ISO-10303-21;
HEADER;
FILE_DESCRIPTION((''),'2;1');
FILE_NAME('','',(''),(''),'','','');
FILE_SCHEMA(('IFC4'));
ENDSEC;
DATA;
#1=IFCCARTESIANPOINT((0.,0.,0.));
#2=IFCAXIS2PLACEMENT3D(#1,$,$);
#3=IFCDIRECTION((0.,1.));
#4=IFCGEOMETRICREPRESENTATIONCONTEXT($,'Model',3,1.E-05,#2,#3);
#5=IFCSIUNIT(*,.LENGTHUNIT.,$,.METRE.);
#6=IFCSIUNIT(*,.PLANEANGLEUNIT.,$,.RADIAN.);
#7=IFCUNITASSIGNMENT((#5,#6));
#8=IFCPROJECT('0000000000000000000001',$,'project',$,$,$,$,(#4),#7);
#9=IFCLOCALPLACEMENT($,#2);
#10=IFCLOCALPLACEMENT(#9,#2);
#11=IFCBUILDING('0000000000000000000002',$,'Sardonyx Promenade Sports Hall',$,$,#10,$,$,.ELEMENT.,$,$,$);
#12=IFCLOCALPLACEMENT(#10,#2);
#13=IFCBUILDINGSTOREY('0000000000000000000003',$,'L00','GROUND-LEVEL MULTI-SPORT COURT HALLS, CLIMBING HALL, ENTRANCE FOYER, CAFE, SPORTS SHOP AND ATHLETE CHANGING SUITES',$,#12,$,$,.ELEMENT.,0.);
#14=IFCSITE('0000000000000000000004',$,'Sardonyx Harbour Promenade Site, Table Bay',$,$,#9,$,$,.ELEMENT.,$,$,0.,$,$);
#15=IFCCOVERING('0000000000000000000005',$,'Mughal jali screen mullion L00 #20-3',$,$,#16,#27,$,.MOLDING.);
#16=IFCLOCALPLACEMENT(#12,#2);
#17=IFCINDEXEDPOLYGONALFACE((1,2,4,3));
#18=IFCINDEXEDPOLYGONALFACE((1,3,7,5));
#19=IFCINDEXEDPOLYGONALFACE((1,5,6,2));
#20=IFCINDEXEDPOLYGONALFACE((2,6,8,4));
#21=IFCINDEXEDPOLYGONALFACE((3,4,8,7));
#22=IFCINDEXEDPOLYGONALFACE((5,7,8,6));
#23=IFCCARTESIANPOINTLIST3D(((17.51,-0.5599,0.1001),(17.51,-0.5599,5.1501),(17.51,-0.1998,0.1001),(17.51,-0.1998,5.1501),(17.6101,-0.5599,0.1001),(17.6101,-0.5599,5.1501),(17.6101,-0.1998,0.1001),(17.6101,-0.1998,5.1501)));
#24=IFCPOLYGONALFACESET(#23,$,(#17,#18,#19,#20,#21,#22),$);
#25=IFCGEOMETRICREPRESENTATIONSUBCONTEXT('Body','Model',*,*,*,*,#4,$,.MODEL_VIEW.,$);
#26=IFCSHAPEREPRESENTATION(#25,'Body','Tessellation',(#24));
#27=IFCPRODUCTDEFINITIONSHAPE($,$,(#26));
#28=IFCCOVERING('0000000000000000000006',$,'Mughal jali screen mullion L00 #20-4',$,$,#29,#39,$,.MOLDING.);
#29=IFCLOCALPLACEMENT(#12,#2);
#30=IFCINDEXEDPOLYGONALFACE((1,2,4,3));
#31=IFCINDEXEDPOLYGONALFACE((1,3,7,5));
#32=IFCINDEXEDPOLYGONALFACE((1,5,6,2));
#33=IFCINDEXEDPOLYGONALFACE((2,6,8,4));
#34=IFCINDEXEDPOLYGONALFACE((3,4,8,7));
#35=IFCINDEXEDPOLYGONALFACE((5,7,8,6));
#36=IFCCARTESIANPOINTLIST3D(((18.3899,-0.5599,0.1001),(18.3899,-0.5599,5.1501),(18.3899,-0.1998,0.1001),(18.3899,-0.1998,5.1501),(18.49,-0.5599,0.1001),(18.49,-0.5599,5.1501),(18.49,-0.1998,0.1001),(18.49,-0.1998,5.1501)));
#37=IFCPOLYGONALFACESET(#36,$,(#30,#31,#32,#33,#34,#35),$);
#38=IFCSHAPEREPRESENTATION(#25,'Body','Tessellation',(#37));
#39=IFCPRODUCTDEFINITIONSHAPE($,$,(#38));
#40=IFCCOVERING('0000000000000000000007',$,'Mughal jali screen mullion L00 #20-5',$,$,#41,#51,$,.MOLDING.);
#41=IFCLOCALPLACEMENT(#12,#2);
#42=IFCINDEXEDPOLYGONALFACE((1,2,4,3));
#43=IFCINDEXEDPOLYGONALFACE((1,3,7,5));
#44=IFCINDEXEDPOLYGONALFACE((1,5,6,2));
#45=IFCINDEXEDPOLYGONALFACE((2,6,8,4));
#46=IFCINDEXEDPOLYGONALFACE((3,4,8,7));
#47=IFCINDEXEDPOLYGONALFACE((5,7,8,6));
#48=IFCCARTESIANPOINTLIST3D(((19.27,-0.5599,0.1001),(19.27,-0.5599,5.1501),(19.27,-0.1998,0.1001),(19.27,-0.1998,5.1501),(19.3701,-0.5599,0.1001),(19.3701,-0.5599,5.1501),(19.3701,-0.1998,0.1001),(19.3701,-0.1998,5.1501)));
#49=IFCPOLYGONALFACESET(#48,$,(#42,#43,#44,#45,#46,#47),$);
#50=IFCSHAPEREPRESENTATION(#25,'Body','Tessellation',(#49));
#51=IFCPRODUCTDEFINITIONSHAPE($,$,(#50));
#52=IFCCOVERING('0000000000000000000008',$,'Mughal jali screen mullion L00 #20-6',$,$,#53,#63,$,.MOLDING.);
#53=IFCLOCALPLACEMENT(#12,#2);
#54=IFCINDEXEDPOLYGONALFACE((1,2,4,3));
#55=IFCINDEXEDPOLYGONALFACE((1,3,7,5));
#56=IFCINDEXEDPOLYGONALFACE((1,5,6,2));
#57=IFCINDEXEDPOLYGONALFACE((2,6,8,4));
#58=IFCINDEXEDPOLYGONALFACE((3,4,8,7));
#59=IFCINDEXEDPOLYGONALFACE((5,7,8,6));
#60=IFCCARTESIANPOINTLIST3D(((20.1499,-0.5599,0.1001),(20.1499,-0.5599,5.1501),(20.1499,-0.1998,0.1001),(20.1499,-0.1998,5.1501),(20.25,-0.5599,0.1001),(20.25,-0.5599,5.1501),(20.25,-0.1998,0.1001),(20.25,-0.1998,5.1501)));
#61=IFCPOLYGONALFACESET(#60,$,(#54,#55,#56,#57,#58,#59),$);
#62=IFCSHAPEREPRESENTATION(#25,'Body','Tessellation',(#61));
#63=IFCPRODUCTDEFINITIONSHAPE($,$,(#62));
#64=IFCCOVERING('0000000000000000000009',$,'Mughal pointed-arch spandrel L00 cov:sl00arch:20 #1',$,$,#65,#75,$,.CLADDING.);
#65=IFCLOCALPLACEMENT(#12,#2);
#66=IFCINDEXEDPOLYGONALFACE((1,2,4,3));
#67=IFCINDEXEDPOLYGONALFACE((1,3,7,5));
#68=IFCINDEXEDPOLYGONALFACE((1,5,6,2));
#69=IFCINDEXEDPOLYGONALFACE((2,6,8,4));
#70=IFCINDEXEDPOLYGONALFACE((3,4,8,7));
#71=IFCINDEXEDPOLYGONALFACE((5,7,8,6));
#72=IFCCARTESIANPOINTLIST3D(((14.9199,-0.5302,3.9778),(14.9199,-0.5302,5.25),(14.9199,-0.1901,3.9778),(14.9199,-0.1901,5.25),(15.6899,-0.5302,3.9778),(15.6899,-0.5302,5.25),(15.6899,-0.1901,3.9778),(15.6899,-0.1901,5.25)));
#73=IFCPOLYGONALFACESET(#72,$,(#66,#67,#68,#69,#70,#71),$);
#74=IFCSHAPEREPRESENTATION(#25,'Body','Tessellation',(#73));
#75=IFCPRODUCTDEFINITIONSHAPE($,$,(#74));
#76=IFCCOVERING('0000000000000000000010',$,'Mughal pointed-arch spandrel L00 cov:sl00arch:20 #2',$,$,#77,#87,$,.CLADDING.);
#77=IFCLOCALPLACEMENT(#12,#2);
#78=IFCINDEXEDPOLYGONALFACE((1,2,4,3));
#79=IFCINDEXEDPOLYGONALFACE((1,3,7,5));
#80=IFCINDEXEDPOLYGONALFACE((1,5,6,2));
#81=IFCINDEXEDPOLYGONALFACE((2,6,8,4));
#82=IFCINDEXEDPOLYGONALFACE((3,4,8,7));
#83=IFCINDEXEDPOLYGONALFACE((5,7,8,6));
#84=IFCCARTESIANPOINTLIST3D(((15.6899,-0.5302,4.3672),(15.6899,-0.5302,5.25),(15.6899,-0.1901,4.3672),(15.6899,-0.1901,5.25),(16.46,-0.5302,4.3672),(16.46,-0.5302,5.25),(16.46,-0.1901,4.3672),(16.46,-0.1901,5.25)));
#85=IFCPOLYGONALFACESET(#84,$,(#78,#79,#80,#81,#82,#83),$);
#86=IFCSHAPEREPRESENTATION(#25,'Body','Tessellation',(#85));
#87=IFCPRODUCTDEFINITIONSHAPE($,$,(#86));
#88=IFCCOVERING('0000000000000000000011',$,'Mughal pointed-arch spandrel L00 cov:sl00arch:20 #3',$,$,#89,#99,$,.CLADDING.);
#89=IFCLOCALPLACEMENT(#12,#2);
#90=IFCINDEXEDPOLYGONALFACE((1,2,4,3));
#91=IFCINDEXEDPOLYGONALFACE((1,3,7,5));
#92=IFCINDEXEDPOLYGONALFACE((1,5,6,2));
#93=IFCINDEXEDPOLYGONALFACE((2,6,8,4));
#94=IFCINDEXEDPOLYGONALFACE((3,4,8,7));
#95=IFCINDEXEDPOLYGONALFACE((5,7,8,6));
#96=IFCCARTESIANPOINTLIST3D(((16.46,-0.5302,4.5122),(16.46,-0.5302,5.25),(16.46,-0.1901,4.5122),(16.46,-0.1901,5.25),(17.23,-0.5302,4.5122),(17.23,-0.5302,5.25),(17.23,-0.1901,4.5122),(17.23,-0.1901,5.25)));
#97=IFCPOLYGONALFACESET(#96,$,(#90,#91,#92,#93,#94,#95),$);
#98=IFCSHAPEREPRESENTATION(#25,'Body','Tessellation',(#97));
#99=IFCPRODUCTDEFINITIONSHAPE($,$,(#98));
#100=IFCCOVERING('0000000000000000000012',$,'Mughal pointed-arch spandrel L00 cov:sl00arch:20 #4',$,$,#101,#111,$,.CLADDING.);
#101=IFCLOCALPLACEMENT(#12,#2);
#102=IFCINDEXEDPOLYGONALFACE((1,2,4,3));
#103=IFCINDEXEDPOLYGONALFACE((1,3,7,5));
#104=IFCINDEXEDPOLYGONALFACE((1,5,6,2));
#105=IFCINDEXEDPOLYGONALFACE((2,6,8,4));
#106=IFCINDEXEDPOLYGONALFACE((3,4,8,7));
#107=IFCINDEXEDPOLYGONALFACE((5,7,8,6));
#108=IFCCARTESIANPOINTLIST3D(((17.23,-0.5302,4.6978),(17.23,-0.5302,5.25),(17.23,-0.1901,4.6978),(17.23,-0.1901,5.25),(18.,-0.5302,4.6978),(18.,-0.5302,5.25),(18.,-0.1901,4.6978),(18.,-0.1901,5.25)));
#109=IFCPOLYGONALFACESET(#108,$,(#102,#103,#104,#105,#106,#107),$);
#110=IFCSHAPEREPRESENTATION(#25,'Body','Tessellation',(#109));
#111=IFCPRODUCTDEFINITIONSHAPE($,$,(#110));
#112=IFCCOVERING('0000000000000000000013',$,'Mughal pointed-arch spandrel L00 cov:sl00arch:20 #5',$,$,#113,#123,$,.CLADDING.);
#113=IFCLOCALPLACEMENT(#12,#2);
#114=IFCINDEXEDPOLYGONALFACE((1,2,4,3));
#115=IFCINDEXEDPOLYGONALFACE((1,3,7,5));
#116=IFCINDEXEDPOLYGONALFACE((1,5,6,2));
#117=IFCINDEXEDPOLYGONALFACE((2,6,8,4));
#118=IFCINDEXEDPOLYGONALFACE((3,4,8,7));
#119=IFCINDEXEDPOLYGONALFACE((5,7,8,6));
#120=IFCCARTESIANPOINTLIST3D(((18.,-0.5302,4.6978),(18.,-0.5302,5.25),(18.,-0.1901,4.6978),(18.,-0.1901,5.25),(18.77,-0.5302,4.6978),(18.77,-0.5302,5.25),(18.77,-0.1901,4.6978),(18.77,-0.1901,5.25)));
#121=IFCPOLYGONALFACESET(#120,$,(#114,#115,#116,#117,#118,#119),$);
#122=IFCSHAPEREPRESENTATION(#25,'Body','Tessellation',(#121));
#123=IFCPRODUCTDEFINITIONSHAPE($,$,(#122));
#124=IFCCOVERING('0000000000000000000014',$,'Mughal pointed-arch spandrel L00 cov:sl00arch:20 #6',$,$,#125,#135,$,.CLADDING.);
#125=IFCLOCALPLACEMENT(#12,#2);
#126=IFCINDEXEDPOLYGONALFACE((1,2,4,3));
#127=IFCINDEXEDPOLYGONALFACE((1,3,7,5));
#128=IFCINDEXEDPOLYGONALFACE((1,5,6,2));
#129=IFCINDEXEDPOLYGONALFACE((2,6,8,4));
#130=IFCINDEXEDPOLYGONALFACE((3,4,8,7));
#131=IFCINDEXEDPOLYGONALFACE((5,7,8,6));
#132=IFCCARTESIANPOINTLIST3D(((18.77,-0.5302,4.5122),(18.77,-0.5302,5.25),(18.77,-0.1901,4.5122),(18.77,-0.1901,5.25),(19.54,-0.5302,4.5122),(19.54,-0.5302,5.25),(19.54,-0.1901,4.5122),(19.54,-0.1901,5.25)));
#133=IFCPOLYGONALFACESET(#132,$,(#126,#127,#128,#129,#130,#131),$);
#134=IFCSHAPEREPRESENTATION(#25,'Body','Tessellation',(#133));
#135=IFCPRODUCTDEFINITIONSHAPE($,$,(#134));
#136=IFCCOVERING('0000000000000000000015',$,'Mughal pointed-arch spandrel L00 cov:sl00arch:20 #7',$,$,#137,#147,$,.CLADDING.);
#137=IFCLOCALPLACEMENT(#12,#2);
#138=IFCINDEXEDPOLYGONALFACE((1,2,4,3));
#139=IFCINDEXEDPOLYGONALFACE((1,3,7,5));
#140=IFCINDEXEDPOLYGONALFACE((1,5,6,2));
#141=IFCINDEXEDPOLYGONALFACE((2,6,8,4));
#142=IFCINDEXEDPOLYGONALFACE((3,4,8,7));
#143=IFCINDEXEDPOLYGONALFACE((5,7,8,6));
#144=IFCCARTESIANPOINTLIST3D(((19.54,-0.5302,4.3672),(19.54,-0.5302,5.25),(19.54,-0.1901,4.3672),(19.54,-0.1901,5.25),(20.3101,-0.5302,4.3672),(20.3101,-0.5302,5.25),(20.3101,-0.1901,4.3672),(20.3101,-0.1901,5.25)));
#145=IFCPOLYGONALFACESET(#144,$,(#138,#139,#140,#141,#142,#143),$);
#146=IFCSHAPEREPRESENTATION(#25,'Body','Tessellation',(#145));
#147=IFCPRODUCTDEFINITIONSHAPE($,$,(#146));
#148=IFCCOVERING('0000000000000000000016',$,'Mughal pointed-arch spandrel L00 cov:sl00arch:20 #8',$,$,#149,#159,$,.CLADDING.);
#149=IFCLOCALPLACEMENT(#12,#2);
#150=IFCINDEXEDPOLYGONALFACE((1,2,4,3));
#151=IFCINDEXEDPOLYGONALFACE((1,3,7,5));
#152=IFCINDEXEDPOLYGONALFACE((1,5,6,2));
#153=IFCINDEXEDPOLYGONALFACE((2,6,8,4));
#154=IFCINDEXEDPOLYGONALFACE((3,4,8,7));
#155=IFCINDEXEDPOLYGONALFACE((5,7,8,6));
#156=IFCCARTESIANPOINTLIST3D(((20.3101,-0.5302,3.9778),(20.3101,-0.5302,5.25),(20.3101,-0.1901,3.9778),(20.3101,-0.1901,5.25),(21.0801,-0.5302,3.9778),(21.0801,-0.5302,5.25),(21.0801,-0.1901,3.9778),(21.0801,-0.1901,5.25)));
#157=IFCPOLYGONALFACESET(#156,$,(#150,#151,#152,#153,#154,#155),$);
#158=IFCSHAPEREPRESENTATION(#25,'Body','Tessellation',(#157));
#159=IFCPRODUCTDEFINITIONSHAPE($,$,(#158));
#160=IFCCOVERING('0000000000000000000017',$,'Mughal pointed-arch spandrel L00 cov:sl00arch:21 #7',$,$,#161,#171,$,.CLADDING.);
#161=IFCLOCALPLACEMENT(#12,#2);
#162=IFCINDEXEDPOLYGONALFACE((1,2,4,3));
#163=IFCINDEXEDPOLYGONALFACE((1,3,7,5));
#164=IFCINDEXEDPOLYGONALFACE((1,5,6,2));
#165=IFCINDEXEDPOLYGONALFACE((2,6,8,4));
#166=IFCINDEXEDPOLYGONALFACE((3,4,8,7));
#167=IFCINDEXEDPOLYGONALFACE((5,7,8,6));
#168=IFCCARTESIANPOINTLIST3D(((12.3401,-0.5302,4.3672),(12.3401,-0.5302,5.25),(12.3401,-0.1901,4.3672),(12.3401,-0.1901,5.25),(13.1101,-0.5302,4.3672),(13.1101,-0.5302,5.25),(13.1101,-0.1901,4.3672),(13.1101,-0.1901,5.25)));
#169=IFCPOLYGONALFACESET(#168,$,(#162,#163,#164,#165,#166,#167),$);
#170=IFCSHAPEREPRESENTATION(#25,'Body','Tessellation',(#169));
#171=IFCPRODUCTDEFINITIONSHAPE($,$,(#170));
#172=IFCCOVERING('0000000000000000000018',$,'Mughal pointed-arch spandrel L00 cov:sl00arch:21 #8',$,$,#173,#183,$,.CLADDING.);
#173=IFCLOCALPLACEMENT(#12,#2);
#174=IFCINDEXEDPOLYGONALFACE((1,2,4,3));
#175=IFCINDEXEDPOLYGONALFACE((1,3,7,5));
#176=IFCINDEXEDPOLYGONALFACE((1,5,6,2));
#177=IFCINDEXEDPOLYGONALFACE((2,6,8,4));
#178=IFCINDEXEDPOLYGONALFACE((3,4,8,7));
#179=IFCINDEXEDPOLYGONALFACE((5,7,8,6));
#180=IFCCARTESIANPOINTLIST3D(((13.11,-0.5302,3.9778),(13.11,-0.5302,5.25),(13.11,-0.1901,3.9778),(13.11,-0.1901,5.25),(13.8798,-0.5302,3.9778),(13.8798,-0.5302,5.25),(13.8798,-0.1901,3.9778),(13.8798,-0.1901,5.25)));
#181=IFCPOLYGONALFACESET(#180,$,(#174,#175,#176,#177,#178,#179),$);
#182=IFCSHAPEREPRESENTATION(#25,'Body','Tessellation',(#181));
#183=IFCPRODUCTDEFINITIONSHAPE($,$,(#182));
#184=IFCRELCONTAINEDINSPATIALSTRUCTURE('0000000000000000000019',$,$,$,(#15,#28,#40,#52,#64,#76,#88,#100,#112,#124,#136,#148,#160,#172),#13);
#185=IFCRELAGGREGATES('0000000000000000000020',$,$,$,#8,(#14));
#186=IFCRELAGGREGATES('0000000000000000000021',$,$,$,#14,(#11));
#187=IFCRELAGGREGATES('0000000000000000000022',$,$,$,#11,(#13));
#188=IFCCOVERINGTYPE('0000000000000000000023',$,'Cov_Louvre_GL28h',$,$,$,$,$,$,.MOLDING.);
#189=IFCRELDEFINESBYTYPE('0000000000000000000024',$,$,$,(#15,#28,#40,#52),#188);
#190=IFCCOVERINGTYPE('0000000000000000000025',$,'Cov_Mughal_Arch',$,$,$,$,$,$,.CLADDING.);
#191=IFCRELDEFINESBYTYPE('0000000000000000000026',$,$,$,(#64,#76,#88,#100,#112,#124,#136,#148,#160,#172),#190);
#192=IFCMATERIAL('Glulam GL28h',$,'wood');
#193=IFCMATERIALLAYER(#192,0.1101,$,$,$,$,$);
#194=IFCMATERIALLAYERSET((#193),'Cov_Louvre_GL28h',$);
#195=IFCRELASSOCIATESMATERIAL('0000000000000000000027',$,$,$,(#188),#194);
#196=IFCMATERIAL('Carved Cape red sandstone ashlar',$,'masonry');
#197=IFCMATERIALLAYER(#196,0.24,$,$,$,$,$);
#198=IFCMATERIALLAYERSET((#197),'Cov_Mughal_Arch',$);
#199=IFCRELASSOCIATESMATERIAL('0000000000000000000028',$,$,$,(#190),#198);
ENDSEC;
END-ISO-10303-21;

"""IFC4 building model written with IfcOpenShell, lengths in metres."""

from ifc_helpers import new_model, si_unit, direction, frame, frame_2d, origin, origin_2d, place, context, subcontext, project, spatial, rectangle, extrude, material, layer, layer_set, type_object, element, save


model = new_model("IFC4")

# Units and contexts
model_context = context("Model", 3, precision=1e-05, world=origin(), true_north=direction((0.0, 1.0)))
body_context = subcontext(model_context, "Body", "Model", "MODEL_VIEW")
ifc_project = project(units=[si_unit("LENGTHUNIT", "METRE"), si_unit("PLANEANGLEUNIT", "RADIAN")], contexts=[model_context])

# Site, building, storey
site_placement = place(None, origin())
site = spatial("IfcSite", under=ifc_project, at=site_placement, Name="Sardonyx Harbour Promenade Site, Table Bay", CompositionType="ELEMENT", RefElevation=0.0)
building_placement = place(site_placement, origin())
building = spatial("IfcBuilding", under=site, at=building_placement, Name="Sardonyx Promenade Sports Hall", CompositionType="ELEMENT")
storey_placement = place(building_placement, origin())
storey = spatial("IfcBuildingStorey", under=building, at=storey_placement, Name="L00", Description="GROUND-LEVEL MULTI-SPORT COURT HALLS, CLIMBING HALL, ENTRANCE FOYER, CAFE, SPORTS SHOP AND ATHLETE CHANGING SUITES", CompositionType="ELEMENT", Elevation=0.0)

# Coverings
ifc_material_1 = material(Name="Glulam GL28h", Category="wood")
ifc_layer_1 = layer(ifc_material_1, 0.1101)
ifc_layer_set_1 = layer_set([ifc_layer_1], Name="Cov_Louvre_GL28h")
covering_type_1 = type_object("IfcCoveringType", Name="Cov_Louvre_GL28h", PredefinedType="MOLDING", material=ifc_layer_set_1)
for number, where, z_axis, x_axis, name in (
    (1, (17.5601, -0.3799, 0.1001), (0.0, 0.0, 1.0), (1.0, 0.0, 0.0), "Mughal jali screen mullion L00 #20-3"),
    (2, (18.4399, -0.3799, 0.1001), (0.0, 0.0, 1.0), (1.0, 0.0, 0.0), "Mughal jali screen mullion L00 #20-4"),
    (3, (19.3201, -0.3799, 0.1001), (0.0, 0.0, 1.0), (1.0, 0.0, 0.0), "Mughal jali screen mullion L00 #20-5"),
    (4, (20.2, -0.3799, 0.1001), (0.0, 0.0, 1.0), (1.0, 0.0, 0.0), "Mughal jali screen mullion L00 #20-6"),
):
    element("IfcCovering", number, at=place(storey_placement, frame(where, z_axis=z_axis, x_axis=x_axis)), inside=storey, type_object=covering_type_1, Name=name, PredefinedType="MOLDING", context=body_context, shape_type="SweptSolid", body=[
        extrude(rectangle(XDim=0.1001, YDim=0.3601, at=origin_2d()), origin(), (0.0, 0.0, 1.0), 5.05),
    ])
ifc_material_2 = material(Name="Carved Cape red sandstone ashlar", Category="masonry")
ifc_layer_2 = layer(ifc_material_2, 0.24)
ifc_layer_set_2 = layer_set([ifc_layer_2], Name="Cov_Mughal_Arch")
covering_type_2 = type_object("IfcCoveringType", Name="Cov_Mughal_Arch", PredefinedType="CLADDING", material=ifc_layer_set_2)
covering_1_placement = place(storey_placement, frame((14.9199, -0.3601, 3.9778), z_axis=(0.0, 0.0, 1.0), x_axis=(1.0, 0.0, 0.0)))
element("IfcCovering", 5, at=covering_1_placement, inside=storey, type_object=covering_type_2, Name="Mughal pointed-arch spandrel L00 cov:sl00arch:20 #1", PredefinedType="CLADDING", context=body_context, shape_type="SweptSolid", body=[
    extrude(rectangle(XDim=0.77, YDim=0.3401, at=frame_2d((0.385, 0.0))), origin(), (0.0, 0.0, 1.0), 1.2722),
])
covering_2_placement = place(storey_placement, frame((15.6899, -0.3601, 4.3672), z_axis=(0.0, 0.0, 1.0), x_axis=(1.0, 0.0, 0.0)))
element("IfcCovering", 6, at=covering_2_placement, inside=storey, type_object=covering_type_2, Name="Mughal pointed-arch spandrel L00 cov:sl00arch:20 #2", PredefinedType="CLADDING", context=body_context, shape_type="SweptSolid", body=[
    extrude(rectangle(XDim=0.77, YDim=0.3401, at=frame_2d((0.385, 0.0))), origin(), (0.0, 0.0, 1.0), 0.8828),
])
covering_3_placement = place(storey_placement, frame((16.46, -0.3601, 4.5122), z_axis=(0.0, 0.0, 1.0), x_axis=(1.0, 0.0, 0.0)))
element("IfcCovering", 7, at=covering_3_placement, inside=storey, type_object=covering_type_2, Name="Mughal pointed-arch spandrel L00 cov:sl00arch:20 #3", PredefinedType="CLADDING", context=body_context, shape_type="SweptSolid", body=[
    extrude(rectangle(XDim=0.77, YDim=0.3401, at=frame_2d((0.385, 0.0))), origin(), (0.0, 0.0, 1.0), 0.7378),
])
for number, where, z_axis, x_axis, name in (
    (8, (17.23, -0.3601, 4.6978), (0.0, 0.0, 1.0), (1.0, 0.0, 0.0), "Mughal pointed-arch spandrel L00 cov:sl00arch:20 #4"),
    (9, (18.0, -0.3601, 4.6978), (0.0, 0.0, 1.0), (1.0, 0.0, 0.0), "Mughal pointed-arch spandrel L00 cov:sl00arch:20 #5"),
):
    element("IfcCovering", number, at=place(storey_placement, frame(where, z_axis=z_axis, x_axis=x_axis)), inside=storey, type_object=covering_type_2, Name=name, PredefinedType="CLADDING", context=body_context, shape_type="SweptSolid", body=[
        extrude(rectangle(XDim=0.77, YDim=0.3401, at=frame_2d((0.385, 0.0))), origin(), (0.0, 0.0, 1.0), 0.5522),
    ])
covering_4_placement = place(storey_placement, frame((18.77, -0.3601, 4.5122), z_axis=(0.0, 0.0, 1.0), x_axis=(1.0, 0.0, 0.0)))
element("IfcCovering", 10, at=covering_4_placement, inside=storey, type_object=covering_type_2, Name="Mughal pointed-arch spandrel L00 cov:sl00arch:20 #6", PredefinedType="CLADDING", context=body_context, shape_type="SweptSolid", body=[
    extrude(rectangle(XDim=0.77, YDim=0.3401, at=frame_2d((0.385, 0.0))), origin(), (0.0, 0.0, 1.0), 0.7378),
])
covering_5_placement = place(storey_placement, frame((19.54, -0.3601, 4.3672), z_axis=(0.0, 0.0, 1.0), x_axis=(1.0, 0.0, 0.0)))
element("IfcCovering", 11, at=covering_5_placement, inside=storey, type_object=covering_type_2, Name="Mughal pointed-arch spandrel L00 cov:sl00arch:20 #7", PredefinedType="CLADDING", context=body_context, shape_type="SweptSolid", body=[
    extrude(rectangle(XDim=0.77, YDim=0.3401, at=frame_2d((0.385, 0.0))), origin(), (0.0, 0.0, 1.0), 0.8828),
])
covering_6_placement = place(storey_placement, frame((20.3101, -0.3601, 3.9778), z_axis=(0.0, 0.0, 1.0), x_axis=(1.0, 0.0, 0.0)))
element("IfcCovering", 12, at=covering_6_placement, inside=storey, type_object=covering_type_2, Name="Mughal pointed-arch spandrel L00 cov:sl00arch:20 #8", PredefinedType="CLADDING", context=body_context, shape_type="SweptSolid", body=[
    extrude(rectangle(XDim=0.77, YDim=0.3401, at=frame_2d((0.385, 0.0))), origin(), (0.0, 0.0, 1.0), 1.2722),
])
covering_7_placement = place(storey_placement, frame((12.3401, -0.3601, 4.3672), z_axis=(0.0, 0.0, 1.0), x_axis=(1.0, 0.0, 0.0)))
element("IfcCovering", 13, at=covering_7_placement, inside=storey, type_object=covering_type_2, Name="Mughal pointed-arch spandrel L00 cov:sl00arch:21 #7", PredefinedType="CLADDING", context=body_context, shape_type="SweptSolid", body=[
    extrude(rectangle(XDim=0.77, YDim=0.3401, at=frame_2d((0.385, 0.0))), origin(), (0.0, 0.0, 1.0), 0.8828),
])
covering_8_placement = place(storey_placement, frame((13.1101, -0.3601, 3.9778), z_axis=(0.0, 0.0, 1.0), x_axis=(1.0, 0.0, 0.0)))
element("IfcCovering", 14, at=covering_8_placement, inside=storey, type_object=covering_type_2, Name="Mughal pointed-arch spandrel L00 cov:sl00arch:21 #8", PredefinedType="CLADDING", context=body_context, shape_type="SweptSolid", body=[
    extrude(rectangle(XDim=0.7698, YDim=0.3401, at=frame_2d((0.3848, 0.0))), origin(), (0.0, 0.0, 1.0), 1.2722),
])

save(model, "model.ifc")
